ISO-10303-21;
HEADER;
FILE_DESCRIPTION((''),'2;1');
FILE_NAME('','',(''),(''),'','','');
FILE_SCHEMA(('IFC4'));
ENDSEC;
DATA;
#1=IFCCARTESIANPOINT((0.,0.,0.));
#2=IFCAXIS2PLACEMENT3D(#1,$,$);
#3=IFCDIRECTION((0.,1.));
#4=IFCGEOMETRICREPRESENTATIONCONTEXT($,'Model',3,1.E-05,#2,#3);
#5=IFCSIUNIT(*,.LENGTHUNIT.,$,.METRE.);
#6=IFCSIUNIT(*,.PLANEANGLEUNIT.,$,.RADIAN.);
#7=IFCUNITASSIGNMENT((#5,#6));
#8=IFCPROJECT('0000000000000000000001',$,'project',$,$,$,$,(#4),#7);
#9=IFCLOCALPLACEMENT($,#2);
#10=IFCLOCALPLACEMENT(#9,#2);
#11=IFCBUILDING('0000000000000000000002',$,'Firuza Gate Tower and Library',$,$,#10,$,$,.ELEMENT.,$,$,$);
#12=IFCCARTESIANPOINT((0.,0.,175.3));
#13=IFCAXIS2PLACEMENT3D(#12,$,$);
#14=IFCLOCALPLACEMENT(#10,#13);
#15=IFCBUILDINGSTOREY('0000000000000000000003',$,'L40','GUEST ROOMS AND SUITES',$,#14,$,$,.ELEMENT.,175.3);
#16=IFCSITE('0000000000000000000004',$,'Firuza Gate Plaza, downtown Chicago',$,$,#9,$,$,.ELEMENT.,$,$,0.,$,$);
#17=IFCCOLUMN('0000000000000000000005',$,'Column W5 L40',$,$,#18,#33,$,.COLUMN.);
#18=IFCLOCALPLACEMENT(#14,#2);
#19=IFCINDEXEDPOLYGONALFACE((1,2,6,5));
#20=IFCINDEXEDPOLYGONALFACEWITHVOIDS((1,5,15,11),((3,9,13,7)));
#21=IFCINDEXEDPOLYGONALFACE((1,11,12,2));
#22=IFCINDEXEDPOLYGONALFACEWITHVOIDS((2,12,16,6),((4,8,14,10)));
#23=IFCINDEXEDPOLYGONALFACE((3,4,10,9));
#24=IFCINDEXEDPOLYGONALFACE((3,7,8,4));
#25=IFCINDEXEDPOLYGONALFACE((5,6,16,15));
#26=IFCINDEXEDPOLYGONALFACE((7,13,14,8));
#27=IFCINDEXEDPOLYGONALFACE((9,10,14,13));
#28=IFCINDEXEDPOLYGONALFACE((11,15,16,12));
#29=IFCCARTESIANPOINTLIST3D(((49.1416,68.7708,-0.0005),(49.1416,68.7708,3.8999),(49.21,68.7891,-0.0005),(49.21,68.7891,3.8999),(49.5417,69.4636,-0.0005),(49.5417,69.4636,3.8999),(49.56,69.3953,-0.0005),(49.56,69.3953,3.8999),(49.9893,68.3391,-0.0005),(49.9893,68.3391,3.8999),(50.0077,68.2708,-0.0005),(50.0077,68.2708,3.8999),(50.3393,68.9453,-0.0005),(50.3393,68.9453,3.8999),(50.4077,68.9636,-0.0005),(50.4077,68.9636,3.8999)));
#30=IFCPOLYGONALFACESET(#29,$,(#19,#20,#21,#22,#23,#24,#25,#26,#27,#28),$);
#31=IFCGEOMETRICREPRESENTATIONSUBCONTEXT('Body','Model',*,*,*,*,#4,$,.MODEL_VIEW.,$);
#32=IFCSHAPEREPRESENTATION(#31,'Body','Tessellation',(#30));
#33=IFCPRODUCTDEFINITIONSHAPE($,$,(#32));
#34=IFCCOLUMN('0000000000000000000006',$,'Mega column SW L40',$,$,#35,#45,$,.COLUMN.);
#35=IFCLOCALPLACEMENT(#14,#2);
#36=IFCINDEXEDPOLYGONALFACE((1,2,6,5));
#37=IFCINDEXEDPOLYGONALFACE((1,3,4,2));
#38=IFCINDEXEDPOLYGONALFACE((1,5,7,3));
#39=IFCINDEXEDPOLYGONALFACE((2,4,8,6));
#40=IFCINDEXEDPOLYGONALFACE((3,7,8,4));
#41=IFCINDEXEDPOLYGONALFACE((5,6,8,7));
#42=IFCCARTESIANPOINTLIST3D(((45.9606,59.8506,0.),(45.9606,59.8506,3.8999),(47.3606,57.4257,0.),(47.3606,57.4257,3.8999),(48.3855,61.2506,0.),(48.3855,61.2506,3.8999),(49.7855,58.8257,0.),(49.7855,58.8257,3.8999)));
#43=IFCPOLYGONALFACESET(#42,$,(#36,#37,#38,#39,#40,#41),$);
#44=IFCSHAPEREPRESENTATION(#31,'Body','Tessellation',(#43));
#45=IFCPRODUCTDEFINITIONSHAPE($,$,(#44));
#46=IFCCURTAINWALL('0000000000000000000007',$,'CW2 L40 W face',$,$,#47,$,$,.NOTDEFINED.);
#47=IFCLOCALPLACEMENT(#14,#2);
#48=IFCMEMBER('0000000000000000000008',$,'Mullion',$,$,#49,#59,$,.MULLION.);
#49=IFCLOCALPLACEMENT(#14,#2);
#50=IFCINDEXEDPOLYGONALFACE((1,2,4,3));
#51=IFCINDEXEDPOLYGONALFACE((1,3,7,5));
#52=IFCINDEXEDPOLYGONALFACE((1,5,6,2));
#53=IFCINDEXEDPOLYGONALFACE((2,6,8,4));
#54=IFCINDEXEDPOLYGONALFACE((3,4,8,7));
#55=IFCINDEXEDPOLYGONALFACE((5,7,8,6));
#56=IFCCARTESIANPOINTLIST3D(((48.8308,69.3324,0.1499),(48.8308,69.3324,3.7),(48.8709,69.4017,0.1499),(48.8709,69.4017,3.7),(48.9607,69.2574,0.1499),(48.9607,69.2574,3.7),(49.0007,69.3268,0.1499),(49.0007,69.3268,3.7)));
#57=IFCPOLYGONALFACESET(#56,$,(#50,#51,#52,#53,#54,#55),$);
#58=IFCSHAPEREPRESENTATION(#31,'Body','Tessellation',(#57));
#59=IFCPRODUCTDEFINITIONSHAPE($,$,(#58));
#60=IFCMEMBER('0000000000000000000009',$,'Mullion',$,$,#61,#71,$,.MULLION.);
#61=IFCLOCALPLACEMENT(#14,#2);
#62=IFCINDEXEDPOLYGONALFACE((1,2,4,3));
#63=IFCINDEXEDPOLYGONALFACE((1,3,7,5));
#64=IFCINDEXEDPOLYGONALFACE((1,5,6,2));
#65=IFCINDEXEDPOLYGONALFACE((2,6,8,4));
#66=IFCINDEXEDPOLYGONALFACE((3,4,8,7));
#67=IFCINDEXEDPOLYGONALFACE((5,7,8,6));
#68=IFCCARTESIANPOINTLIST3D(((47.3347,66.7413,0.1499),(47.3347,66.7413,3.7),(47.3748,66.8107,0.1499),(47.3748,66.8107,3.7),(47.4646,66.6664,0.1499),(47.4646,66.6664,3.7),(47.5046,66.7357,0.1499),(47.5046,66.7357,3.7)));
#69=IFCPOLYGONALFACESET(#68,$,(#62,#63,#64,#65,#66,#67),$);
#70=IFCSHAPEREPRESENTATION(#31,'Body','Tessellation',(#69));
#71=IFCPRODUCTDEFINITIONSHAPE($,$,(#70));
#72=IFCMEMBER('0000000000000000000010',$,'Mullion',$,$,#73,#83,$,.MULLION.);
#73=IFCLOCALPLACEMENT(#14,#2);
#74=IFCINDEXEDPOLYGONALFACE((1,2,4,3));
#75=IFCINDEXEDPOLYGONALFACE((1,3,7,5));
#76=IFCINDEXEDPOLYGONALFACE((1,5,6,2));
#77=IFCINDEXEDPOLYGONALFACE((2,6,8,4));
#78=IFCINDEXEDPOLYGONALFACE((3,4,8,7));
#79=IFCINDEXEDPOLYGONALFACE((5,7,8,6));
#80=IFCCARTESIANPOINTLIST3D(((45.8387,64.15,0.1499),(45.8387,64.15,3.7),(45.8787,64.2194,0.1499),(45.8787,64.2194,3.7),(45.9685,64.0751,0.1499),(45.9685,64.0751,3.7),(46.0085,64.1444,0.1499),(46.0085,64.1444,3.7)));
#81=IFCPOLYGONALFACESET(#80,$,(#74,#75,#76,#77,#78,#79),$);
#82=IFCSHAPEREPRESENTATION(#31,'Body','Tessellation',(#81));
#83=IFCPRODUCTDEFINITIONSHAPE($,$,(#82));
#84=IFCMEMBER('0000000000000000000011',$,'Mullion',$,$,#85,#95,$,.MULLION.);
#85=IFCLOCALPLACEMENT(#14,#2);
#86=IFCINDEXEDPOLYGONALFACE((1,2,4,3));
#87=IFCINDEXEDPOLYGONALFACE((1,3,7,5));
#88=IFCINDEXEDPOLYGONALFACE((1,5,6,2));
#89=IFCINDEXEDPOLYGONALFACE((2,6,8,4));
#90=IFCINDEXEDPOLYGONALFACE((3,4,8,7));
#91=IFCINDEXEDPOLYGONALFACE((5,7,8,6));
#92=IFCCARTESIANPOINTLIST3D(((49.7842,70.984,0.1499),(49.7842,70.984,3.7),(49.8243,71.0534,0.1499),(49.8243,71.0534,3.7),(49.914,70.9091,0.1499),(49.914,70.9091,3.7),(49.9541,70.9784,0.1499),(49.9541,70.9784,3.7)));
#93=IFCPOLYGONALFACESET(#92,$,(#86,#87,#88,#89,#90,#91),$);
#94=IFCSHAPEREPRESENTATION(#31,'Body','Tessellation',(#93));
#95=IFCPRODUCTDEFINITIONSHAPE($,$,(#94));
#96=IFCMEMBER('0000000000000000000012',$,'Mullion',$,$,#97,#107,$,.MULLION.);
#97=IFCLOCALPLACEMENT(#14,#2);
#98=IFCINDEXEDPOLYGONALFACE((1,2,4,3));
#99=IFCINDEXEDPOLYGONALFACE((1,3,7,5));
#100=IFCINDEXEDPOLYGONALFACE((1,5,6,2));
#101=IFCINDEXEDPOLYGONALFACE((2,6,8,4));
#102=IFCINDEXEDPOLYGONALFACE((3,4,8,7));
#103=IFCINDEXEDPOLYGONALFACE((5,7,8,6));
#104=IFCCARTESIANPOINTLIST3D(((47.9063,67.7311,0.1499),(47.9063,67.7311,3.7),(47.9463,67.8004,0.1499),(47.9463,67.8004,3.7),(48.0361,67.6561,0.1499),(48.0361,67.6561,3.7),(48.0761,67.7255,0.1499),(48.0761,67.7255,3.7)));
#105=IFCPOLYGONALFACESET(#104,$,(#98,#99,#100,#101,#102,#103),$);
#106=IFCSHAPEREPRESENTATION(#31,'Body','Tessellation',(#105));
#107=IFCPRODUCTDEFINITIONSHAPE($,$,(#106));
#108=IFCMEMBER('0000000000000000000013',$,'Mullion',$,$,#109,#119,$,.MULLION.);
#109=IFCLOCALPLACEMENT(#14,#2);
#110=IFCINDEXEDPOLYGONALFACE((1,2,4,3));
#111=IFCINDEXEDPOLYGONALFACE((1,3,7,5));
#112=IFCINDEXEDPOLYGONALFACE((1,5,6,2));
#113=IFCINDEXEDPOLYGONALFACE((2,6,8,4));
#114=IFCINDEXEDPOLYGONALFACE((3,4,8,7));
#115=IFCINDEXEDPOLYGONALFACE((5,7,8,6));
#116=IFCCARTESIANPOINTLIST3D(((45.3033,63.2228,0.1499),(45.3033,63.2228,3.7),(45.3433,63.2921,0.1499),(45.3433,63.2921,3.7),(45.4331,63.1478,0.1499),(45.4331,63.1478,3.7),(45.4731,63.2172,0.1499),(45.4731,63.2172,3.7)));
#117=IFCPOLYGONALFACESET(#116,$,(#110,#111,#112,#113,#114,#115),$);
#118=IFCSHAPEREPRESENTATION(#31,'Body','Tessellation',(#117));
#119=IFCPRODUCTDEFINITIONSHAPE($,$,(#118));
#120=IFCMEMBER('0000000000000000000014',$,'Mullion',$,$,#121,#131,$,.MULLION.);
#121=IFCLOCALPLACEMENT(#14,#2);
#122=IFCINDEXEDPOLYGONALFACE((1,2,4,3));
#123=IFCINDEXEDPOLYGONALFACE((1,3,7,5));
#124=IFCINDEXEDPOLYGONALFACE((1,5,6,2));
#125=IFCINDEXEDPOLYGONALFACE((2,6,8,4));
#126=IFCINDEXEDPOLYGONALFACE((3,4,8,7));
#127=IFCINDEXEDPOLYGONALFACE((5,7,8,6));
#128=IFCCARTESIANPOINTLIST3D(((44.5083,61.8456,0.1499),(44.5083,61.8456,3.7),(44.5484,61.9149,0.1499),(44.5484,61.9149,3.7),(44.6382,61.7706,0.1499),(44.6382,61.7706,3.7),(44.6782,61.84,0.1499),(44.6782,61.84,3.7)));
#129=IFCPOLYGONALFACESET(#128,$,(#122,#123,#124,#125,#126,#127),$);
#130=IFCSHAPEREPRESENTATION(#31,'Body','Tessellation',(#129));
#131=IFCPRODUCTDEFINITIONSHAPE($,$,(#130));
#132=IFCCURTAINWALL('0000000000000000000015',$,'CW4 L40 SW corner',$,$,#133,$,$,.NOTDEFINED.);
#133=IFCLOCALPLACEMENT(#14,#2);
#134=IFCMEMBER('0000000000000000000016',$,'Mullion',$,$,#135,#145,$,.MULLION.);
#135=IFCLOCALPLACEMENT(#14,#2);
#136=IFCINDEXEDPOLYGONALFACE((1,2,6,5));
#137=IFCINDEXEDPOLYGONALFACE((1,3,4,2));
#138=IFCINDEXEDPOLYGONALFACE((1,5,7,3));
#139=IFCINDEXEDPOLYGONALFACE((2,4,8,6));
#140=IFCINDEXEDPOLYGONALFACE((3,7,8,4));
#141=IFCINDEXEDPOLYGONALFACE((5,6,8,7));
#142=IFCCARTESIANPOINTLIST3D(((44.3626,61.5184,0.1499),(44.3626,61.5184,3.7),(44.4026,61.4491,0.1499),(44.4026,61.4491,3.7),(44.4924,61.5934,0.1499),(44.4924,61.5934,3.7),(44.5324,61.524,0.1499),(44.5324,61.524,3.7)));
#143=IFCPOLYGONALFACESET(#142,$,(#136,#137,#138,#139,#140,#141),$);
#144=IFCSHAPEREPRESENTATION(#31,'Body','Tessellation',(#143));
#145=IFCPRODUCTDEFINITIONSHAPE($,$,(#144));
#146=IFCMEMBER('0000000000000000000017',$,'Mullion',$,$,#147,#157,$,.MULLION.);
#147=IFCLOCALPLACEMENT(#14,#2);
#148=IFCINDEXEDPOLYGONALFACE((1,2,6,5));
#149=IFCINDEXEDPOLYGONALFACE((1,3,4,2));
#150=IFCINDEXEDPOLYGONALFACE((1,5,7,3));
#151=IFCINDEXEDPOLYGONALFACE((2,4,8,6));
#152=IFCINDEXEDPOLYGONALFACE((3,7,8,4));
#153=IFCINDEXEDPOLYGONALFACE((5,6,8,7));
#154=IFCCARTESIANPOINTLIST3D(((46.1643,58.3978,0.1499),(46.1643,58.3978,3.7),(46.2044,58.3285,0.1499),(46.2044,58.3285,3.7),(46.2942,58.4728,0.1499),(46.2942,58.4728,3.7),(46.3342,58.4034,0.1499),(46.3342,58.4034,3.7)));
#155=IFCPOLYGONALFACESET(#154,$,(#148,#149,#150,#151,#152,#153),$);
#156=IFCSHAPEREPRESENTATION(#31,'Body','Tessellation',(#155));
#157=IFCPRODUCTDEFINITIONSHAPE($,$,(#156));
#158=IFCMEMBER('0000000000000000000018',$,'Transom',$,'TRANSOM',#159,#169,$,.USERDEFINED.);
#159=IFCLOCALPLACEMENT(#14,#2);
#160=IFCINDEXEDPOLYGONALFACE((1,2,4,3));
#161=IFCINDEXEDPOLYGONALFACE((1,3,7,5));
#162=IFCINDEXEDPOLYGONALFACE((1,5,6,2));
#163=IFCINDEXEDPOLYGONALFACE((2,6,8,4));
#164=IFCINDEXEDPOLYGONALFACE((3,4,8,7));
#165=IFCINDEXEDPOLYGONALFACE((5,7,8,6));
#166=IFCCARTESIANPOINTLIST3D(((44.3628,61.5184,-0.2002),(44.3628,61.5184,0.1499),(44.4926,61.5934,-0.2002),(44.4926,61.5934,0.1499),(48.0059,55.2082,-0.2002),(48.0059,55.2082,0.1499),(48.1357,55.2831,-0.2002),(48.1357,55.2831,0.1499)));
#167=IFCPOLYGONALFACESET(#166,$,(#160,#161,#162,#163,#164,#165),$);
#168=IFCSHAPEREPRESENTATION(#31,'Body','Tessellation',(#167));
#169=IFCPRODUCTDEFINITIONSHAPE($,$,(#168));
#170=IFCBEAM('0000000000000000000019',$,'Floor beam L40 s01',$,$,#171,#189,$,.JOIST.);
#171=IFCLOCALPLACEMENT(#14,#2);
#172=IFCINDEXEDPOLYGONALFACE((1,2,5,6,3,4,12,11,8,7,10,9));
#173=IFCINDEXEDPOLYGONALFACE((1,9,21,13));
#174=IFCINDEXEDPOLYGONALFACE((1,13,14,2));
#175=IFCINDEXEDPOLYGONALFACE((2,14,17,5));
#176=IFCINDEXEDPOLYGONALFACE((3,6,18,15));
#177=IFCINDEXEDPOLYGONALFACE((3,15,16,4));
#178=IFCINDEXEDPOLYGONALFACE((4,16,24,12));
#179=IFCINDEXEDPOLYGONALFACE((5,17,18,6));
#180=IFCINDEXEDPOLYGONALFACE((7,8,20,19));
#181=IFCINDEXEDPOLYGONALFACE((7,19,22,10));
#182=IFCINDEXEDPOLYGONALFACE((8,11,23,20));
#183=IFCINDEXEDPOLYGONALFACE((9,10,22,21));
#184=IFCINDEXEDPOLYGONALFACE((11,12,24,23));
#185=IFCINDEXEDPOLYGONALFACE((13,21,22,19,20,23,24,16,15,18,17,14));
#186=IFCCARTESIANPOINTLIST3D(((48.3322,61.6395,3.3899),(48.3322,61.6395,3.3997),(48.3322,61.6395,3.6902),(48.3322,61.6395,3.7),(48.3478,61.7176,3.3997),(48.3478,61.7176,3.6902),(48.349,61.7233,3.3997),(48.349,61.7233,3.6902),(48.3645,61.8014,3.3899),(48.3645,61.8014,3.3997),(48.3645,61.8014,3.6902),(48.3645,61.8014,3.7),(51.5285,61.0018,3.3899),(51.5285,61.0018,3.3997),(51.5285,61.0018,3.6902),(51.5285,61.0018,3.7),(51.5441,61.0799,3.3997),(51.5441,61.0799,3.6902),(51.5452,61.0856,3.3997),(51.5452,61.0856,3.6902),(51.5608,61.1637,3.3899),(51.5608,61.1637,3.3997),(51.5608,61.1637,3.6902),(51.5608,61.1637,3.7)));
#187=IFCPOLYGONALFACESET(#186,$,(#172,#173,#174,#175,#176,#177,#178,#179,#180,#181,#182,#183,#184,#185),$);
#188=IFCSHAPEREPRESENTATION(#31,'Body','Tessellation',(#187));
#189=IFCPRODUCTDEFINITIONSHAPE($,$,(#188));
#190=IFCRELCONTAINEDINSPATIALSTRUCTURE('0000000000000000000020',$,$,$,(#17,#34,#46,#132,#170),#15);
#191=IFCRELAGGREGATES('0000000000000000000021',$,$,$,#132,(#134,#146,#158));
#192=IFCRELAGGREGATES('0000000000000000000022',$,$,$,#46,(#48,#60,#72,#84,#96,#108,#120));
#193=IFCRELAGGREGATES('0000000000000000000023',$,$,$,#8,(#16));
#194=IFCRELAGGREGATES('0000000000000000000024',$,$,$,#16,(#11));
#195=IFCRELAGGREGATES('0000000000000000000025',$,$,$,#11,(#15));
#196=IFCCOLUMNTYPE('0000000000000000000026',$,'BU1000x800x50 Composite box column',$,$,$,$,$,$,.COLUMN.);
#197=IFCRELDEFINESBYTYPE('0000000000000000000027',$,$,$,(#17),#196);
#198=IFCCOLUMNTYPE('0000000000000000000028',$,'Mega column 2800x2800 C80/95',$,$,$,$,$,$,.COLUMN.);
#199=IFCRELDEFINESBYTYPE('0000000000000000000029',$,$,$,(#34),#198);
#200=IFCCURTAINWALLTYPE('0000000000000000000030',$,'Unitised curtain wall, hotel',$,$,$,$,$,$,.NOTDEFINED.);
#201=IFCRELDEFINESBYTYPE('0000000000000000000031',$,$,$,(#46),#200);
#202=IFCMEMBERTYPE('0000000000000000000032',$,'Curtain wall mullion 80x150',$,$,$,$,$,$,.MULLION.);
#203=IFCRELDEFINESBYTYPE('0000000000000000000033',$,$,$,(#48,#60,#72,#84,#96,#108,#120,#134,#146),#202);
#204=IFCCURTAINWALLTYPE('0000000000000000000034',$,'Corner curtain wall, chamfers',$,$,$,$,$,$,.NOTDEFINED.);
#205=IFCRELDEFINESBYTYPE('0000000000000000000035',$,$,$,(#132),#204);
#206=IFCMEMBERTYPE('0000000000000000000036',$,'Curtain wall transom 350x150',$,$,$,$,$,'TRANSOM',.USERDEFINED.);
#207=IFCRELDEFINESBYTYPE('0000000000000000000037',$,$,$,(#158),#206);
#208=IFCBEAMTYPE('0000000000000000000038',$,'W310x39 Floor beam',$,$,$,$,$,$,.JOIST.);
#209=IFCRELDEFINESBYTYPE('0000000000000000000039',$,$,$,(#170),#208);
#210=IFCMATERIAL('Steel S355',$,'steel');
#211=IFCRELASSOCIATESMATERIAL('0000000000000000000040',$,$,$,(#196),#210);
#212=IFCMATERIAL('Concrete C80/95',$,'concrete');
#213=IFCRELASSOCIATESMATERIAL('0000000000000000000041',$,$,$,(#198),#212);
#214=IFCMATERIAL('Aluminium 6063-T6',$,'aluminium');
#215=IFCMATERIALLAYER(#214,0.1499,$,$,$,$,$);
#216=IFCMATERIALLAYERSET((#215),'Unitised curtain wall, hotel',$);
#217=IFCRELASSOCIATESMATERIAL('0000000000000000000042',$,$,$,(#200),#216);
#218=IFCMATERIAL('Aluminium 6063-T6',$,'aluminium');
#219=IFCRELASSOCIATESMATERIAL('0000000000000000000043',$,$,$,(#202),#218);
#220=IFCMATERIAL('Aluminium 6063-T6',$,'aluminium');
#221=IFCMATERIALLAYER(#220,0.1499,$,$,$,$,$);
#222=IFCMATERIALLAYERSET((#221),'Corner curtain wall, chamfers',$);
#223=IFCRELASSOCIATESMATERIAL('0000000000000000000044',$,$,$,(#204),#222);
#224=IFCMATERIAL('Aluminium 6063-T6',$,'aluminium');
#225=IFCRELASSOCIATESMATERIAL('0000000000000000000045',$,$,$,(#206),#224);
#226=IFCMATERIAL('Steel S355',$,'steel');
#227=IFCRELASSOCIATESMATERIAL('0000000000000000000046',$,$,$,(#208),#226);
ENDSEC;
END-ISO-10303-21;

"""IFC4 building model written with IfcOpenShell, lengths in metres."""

from ifc_helpers import new_model, si_unit, direction, frame, origin, origin_2d, place, context, subcontext, project, spatial, rectangle, hollow_rectangle, i_section, extrude, material, layer, layer_set, material_profile, profile_set, type_object, element, aggregate, save


model = new_model("IFC4")

# Units and contexts
model_context = context("Model", 3, precision=1e-05, world=origin(), true_north=direction((0.0, 1.0)))
body_context = subcontext(model_context, "Body", "Model", "MODEL_VIEW")
ifc_project = project(units=[si_unit("LENGTHUNIT", "METRE"), si_unit("PLANEANGLEUNIT", "RADIAN")], contexts=[model_context])

# Site, building, storey
site_placement = place(None, origin())
site = spatial("IfcSite", under=ifc_project, at=site_placement, Name="Firuza Gate Plaza, downtown Chicago", CompositionType="ELEMENT", RefElevation=0.0)
building_placement = place(site_placement, origin())
building = spatial("IfcBuilding", under=site, at=building_placement, Name="Firuza Gate Tower and Library", CompositionType="ELEMENT")
storey_placement = place(building_placement, frame((0.0, 0.0, 175.3)))
storey = spatial("IfcBuildingStorey", under=building, at=storey_placement, Name="L40", Description="GUEST ROOMS AND SUITES", CompositionType="ELEMENT", Elevation=175.3)

# Columns
ifc_material_1 = material(Name="Steel S355", Category="steel")
ifc_material_profile_1 = material_profile(ifc_material_1, hollow_rectangle(XDim=0.8, YDim=1.0, WallThickness=0.05, at=origin_2d()))
ifc_profile_set_1 = profile_set([ifc_material_profile_1], Name="Steel S355")
column_type_1 = type_object("IfcColumnType", Name="BU1000x800x50 Composite box column", PredefinedType="COLUMN", material=ifc_profile_set_1)
column_1_placement = place(storey_placement, frame((49.7747, 68.8672, -0.0005), z_axis=(0.0, 0.0, 1.0), x_axis=(-0.5, -0.866025, 0.0)))
element("IfcColumn", 1, at=column_1_placement, inside=storey, type_object=column_type_1, Name="Column W5 L40", PredefinedType="COLUMN", context=body_context, shape_type="SweptSolid", body=[
    extrude(hollow_rectangle(XDim=0.8, YDim=1.0, WallThickness=0.05, at=origin_2d()), origin(), (0.0, 0.0, 1.0), 3.9004),
])
ifc_material_2 = material(Name="Concrete C80/95", Category="concrete")
ifc_material_profile_2 = material_profile(ifc_material_2, rectangle(XDim=2.8, YDim=2.8, at=origin_2d()))
ifc_profile_set_2 = profile_set([ifc_material_profile_2], Name="Concrete C80/95")
column_type_2 = type_object("IfcColumnType", Name="Mega column 2800x2800 C80/95", PredefinedType="COLUMN", material=ifc_profile_set_2)
column_2_placement = place(storey_placement, frame((47.873, 59.3381, 0.0), z_axis=(0.0, 0.0, 1.0), x_axis=(0.5, -0.866025, 0.0)))
element("IfcColumn", 2, at=column_2_placement, inside=storey, type_object=column_type_2, Name="Mega column SW L40", PredefinedType="COLUMN", context=body_context, shape_type="SweptSolid", body=[
    extrude(rectangle(XDim=2.8, YDim=2.8, at=origin_2d()), origin(), (0.0, 0.0, 1.0), 3.8999),
])

# Curtain walls, members
ifc_material_3 = material(Name="Aluminium 6063-T6", Category="aluminium")
ifc_layer_1 = layer(ifc_material_3, 0.1499)
ifc_layer_set_1 = layer_set([ifc_layer_1], Name="Unitised curtain wall, hotel")
curtain_wall_type_1 = type_object("IfcCurtainWallType", Name="Unitised curtain wall, hotel", PredefinedType="NOTDEFINED", material=ifc_layer_set_1)
placement = place(storey_placement, origin())
curtain_wall_1 = element("IfcCurtainWall", 3, at=placement, inside=storey, type_object=curtain_wall_type_1, Name="CW2 L40 W face", PredefinedType="NOTDEFINED")
ifc_material_4 = material(Name="Aluminium 6063-T6", Category="aluminium")
ifc_material_profile_3 = material_profile(ifc_material_4, rectangle(XDim=0.1499, YDim=0.0801, at=origin_2d()))
ifc_profile_set_3 = profile_set([ifc_material_profile_3], Name="Aluminium 6063-T6")
member_type_1 = type_object("IfcMemberType", Name="Curtain wall mullion 80x150", PredefinedType="MULLION", material=ifc_profile_set_3)
member_1_placement = place(storey_placement, frame((48.9158, 69.3296, 0.1499), z_axis=(0.0, 0.0, 1.0), x_axis=(0.866025, -0.5, 0.0)))
member_1 = element("IfcMember", 4, at=member_1_placement, type_object=member_type_1, Name="Mullion", PredefinedType="MULLION", context=body_context, shape_type="SweptSolid", body=[
    extrude(rectangle(XDim=0.1499, YDim=0.0801, at=origin_2d()), origin(), (0.0, 0.0, 1.0), 3.55),
])
member_2_placement = place(storey_placement, frame((47.4197, 66.7385, 0.1499), z_axis=(0.0, 0.0, 1.0), x_axis=(0.866025, -0.5, 0.0)))
member_2 = element("IfcMember", 5, at=member_2_placement, type_object=member_type_1, Name="Mullion", PredefinedType="MULLION", context=body_context, shape_type="SweptSolid", body=[
    extrude(rectangle(XDim=0.1499, YDim=0.0801, at=origin_2d()), origin(), (0.0, 0.0, 1.0), 3.55),
])
member_3_placement = place(storey_placement, frame((45.9236, 64.1472, 0.1499), z_axis=(0.0, 0.0, 1.0), x_axis=(0.866025, -0.5, 0.0)))
member_3 = element("IfcMember", 6, at=member_3_placement, type_object=member_type_1, Name="Mullion", PredefinedType="MULLION", context=body_context, shape_type="SweptSolid", body=[
    extrude(rectangle(XDim=0.1499, YDim=0.0801, at=origin_2d()), origin(), (0.0, 0.0, 1.0), 3.55),
])
member_4_placement = place(storey_placement, frame((49.8691, 70.9812, 0.1499), z_axis=(0.0, 0.0, 1.0), x_axis=(0.866025, -0.5, 0.0)))
member_4 = element("IfcMember", 7, at=member_4_placement, type_object=member_type_1, Name="Mullion", PredefinedType="MULLION", context=body_context, shape_type="SweptSolid", body=[
    extrude(rectangle(XDim=0.1499, YDim=0.0801, at=origin_2d()), origin(), (0.0, 0.0, 1.0), 3.55),
])
member_5_placement = place(storey_placement, frame((47.9912, 67.7283, 0.1499), z_axis=(0.0, 0.0, 1.0), x_axis=(0.866025, -0.5, 0.0)))
member_5 = element("IfcMember", 8, at=member_5_placement, type_object=member_type_1, Name="Mullion", PredefinedType="MULLION", context=body_context, shape_type="SweptSolid", body=[
    extrude(rectangle(XDim=0.1499, YDim=0.0801, at=origin_2d()), origin(), (0.0, 0.0, 1.0), 3.55),
])
member_6_placement = place(storey_placement, frame((45.3882, 63.22, 0.1499), z_axis=(0.0, 0.0, 1.0), x_axis=(0.866025, -0.5, 0.0)))
member_6 = element("IfcMember", 9, at=member_6_placement, type_object=member_type_1, Name="Mullion", PredefinedType="MULLION", context=body_context, shape_type="SweptSolid", body=[
    extrude(rectangle(XDim=0.1499, YDim=0.0801, at=origin_2d()), origin(), (0.0, 0.0, 1.0), 3.55),
])
member_7_placement = place(storey_placement, frame((44.5933, 61.8428, 0.1499), z_axis=(0.0, 0.0, 1.0), x_axis=(0.866025, -0.5, 0.0)))
member_7 = element("IfcMember", 10, at=member_7_placement, type_object=member_type_1, Name="Mullion", PredefinedType="MULLION", context=body_context, shape_type="SweptSolid", body=[
    extrude(rectangle(XDim=0.1499, YDim=0.0801, at=origin_2d()), origin(), (0.0, 0.0, 1.0), 3.55),
])
ifc_material_5 = material(Name="Aluminium 6063-T6", Category="aluminium")
ifc_layer_2 = layer(ifc_material_5, 0.1499)
ifc_layer_set_2 = layer_set([ifc_layer_2], Name="Corner curtain wall, chamfers")
curtain_wall_type_2 = type_object("IfcCurtainWallType", Name="Corner curtain wall, chamfers", PredefinedType="NOTDEFINED", material=ifc_layer_set_2)
curtain_wall_2 = element("IfcCurtainWall", 11, at=placement, inside=storey, type_object=curtain_wall_type_2, Name="CW4 L40 SW corner", PredefinedType="NOTDEFINED")
member_8_placement = place(storey_placement, frame((44.4475, 61.5212, 0.1499), z_axis=(0.0, 0.0, 1.0), x_axis=(0.866025, 0.5, 0.0)))
member_8 = element("IfcMember", 12, at=member_8_placement, type_object=member_type_1, Name="Mullion", PredefinedType="MULLION", context=body_context, shape_type="SweptSolid", body=[
    extrude(rectangle(XDim=0.1499, YDim=0.0801, at=origin_2d()), origin(), (0.0, 0.0, 1.0), 3.55),
])
member_9_placement = place(storey_placement, frame((46.2493, 58.4006, 0.1499), z_axis=(0.0, 0.0, 1.0), x_axis=(0.866025, 0.5, 0.0)))
member_9 = element("IfcMember", 13, at=member_9_placement, type_object=member_type_1, Name="Mullion", PredefinedType="MULLION", context=body_context, shape_type="SweptSolid", body=[
    extrude(rectangle(XDim=0.1499, YDim=0.0801, at=origin_2d()), origin(), (0.0, 0.0, 1.0), 3.55),
])
ifc_material_6 = material(Name="Aluminium 6063-T6", Category="aluminium")
ifc_material_profile_4 = material_profile(ifc_material_6, rectangle(XDim=0.1499, YDim=0.3501, at=origin_2d()))
ifc_profile_set_4 = profile_set([ifc_material_profile_4], Name="Aluminium 6063-T6")
member_type_2 = type_object("IfcMemberType", Name="Curtain wall transom 350x150", ElementType="TRANSOM", PredefinedType="USERDEFINED", material=ifc_profile_set_4)
member_10_placement = place(storey_placement, frame((44.4277, 61.5559, -0.0251), z_axis=(0.499981, -0.866037, 0.0), x_axis=(0.866037, 0.499981, 0.0)))
member_10 = element("IfcMember", 14, at=member_10_placement, type_object=member_type_2, Name="Transom", ObjectType="TRANSOM", PredefinedType="USERDEFINED", context=body_context, shape_type="SweptSolid", body=[
    extrude(rectangle(XDim=0.1499, YDim=0.3501, at=origin_2d()), origin(), (0.0, 0.0, 1.0), 7.2864),
])

# Beam
ifc_material_7 = material(Name="Steel S355", Category="steel")
ifc_material_profile_5 = material_profile(ifc_material_7, i_section(OverallWidth=0.165, OverallDepth=0.3101, WebThickness=0.0059, FlangeThickness=0.0098, at=origin_2d()))
ifc_profile_set_5 = profile_set([ifc_material_profile_5], Name="Steel S355")
beam_type_1 = type_object("IfcBeamType", Name="W310x39 Floor beam", PredefinedType="JOIST", material=ifc_profile_set_5)
beam_1_placement = place(storey_placement, frame((48.3484, 61.7205, 3.5449), z_axis=(0.980673, -0.195655, 0.0), x_axis=(0.195655, 0.980673, 0.0)))
element("IfcBeam", 15, at=beam_1_placement, inside=storey, type_object=beam_type_1, Name="Floor beam L40 s01", PredefinedType="JOIST", context=body_context, shape_type="SweptSolid", body=[
    extrude(i_section(OverallWidth=0.165, OverallDepth=0.3101, WebThickness=0.0059, FlangeThickness=0.0098, at=origin_2d()), origin(), (0.0, 0.0, 1.0), 3.2593),
])

aggregate(curtain_wall_2, [member_8, member_9, member_10])
aggregate(curtain_wall_1, [member_1, member_2, member_3, member_4, member_5, member_6, member_7])

save(model, "model.ifc")
